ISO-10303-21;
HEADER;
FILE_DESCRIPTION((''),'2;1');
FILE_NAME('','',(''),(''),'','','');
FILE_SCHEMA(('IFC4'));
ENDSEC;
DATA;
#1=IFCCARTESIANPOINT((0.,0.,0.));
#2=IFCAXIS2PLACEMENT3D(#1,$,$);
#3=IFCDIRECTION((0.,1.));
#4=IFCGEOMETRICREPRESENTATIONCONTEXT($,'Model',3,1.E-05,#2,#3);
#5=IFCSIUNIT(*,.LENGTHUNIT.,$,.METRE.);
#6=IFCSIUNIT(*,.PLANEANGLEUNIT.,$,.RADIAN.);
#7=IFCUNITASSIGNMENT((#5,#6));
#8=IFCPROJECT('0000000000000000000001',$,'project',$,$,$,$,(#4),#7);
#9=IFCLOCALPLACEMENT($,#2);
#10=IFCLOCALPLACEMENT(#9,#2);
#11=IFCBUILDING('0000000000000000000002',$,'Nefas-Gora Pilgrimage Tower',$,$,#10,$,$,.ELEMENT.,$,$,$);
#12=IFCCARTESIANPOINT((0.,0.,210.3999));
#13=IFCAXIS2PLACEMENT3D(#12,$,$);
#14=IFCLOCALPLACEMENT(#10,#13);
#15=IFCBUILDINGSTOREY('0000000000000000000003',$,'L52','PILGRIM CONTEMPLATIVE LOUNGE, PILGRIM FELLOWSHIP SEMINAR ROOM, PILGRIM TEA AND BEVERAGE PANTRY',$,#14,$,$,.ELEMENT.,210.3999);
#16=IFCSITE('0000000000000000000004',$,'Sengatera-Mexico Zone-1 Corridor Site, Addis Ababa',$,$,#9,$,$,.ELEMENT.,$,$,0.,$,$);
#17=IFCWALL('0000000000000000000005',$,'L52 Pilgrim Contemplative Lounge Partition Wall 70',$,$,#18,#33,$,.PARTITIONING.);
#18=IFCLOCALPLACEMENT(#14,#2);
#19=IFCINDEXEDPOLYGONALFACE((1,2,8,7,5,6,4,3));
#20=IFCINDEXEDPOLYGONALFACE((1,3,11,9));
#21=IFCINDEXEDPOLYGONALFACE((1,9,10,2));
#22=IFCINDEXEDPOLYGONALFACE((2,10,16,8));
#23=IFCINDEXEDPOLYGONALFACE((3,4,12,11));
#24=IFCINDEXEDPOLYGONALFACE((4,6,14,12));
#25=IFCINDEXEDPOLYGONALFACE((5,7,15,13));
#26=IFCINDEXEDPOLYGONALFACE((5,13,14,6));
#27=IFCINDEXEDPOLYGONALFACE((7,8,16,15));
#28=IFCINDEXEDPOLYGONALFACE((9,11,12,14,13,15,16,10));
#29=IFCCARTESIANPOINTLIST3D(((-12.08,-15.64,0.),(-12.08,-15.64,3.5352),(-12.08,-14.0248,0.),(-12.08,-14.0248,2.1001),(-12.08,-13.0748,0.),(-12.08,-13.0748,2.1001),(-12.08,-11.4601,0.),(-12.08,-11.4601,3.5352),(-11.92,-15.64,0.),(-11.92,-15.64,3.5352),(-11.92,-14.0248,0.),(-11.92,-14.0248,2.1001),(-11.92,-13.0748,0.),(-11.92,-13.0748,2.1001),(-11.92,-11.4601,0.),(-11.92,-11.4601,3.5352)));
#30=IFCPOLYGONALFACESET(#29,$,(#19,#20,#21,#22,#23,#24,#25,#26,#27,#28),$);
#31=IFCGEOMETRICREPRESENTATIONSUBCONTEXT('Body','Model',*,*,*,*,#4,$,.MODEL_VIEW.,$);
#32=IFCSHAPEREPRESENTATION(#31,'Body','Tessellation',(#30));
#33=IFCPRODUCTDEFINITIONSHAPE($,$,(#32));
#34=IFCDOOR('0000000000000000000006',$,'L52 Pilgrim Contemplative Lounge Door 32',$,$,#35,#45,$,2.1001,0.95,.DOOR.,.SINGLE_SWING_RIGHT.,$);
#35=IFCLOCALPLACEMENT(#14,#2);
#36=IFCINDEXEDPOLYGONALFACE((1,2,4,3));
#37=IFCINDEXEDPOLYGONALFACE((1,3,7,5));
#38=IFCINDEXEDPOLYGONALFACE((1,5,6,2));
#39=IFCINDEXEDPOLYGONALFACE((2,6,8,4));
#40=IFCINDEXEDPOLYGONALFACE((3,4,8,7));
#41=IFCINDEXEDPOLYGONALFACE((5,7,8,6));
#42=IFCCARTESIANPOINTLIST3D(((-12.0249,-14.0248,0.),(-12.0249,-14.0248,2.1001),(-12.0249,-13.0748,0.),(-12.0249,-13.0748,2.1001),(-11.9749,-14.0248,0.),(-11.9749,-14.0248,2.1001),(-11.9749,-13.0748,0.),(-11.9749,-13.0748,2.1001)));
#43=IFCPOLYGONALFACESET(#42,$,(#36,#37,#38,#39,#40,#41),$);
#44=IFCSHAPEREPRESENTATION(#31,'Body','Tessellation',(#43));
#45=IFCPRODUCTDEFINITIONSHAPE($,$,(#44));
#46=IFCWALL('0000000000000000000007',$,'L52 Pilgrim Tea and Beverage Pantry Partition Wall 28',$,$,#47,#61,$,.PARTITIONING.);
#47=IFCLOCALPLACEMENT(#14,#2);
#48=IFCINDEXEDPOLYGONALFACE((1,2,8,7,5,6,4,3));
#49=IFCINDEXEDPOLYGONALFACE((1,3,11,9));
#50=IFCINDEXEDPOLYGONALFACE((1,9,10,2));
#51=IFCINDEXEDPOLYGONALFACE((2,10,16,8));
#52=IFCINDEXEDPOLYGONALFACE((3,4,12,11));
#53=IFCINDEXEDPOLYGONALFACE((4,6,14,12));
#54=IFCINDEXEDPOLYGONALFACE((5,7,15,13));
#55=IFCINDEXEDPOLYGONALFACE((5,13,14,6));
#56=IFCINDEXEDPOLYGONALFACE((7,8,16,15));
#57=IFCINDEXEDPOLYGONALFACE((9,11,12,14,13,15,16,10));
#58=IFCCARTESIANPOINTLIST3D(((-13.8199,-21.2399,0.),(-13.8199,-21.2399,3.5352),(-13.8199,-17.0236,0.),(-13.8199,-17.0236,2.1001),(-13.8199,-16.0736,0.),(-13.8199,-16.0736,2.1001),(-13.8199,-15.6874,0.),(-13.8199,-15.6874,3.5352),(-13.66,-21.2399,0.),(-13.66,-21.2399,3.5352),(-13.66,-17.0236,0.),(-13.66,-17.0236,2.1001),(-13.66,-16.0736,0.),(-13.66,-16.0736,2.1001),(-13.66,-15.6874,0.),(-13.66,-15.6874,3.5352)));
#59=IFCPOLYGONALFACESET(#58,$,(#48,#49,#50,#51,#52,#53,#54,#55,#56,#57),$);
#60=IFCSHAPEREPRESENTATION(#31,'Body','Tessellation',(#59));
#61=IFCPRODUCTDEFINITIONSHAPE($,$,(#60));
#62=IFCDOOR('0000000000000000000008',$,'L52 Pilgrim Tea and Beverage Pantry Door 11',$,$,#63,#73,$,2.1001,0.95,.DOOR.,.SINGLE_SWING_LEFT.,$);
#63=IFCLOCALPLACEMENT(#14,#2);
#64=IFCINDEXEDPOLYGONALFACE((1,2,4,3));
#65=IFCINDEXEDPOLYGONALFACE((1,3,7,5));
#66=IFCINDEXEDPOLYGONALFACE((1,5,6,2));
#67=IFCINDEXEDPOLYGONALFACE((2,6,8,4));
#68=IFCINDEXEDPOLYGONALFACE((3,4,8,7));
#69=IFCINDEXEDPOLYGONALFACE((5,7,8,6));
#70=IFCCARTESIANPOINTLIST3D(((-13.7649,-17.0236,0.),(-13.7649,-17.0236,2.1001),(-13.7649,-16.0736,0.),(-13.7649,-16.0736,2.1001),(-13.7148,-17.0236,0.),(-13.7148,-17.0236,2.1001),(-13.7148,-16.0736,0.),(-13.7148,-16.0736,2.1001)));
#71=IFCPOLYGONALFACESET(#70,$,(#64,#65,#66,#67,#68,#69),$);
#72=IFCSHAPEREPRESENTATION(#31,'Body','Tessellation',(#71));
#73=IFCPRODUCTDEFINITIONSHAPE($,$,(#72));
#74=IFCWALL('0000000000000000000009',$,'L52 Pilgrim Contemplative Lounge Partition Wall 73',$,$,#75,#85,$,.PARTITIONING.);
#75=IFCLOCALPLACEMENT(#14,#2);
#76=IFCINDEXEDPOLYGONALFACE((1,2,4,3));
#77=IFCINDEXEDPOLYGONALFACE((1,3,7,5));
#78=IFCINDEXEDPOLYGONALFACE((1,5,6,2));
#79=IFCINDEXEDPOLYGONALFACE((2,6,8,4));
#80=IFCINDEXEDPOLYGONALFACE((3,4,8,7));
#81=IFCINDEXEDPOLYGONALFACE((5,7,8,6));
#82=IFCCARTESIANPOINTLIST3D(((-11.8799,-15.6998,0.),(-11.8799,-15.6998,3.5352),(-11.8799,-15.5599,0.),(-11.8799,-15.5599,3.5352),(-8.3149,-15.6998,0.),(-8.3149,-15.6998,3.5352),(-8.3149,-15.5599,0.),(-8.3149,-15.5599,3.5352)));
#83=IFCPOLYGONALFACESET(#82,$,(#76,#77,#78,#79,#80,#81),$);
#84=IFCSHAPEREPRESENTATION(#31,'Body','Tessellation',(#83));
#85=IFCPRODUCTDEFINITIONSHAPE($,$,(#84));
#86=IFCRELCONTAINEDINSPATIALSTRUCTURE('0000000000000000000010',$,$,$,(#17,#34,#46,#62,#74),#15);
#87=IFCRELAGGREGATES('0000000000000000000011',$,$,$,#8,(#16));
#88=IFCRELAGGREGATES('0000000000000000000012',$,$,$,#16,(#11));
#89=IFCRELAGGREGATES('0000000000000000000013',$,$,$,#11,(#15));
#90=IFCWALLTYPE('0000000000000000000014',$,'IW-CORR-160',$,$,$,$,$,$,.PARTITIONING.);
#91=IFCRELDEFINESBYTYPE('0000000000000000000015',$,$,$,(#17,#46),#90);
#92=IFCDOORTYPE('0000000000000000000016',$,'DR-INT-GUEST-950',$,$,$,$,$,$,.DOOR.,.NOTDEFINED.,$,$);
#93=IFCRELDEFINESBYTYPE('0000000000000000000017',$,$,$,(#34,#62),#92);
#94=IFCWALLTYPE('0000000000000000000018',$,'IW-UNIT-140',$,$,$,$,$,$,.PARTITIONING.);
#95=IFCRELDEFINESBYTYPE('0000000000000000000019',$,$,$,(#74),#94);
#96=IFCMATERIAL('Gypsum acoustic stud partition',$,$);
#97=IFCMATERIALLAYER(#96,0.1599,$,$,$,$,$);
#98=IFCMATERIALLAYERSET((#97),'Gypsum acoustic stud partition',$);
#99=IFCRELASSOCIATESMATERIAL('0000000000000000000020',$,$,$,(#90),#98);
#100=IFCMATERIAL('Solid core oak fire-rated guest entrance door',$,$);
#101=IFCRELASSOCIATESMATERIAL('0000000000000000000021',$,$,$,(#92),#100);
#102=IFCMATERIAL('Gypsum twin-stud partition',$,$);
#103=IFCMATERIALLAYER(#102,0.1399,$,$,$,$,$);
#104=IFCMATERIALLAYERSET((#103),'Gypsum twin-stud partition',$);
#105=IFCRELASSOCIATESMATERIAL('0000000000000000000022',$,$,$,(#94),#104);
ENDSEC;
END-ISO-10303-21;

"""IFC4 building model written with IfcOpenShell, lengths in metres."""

from ifc_helpers import new_model, si_unit, direction, frame, frame_2d, origin, place, context, subcontext, project, spatial, rectangle, extrude, source, transform, mapped, material, layer, layer_set, type_object, element, fill, save


model = new_model("IFC4")

# Units and contexts
model_context = context("Model", 3, precision=1e-05, world=origin(), true_north=direction((0.0, 1.0)))
body_context = subcontext(model_context, "Body", "Model", "MODEL_VIEW")
ifc_project = project(units=[si_unit("LENGTHUNIT", "METRE"), si_unit("PLANEANGLEUNIT", "RADIAN")], contexts=[model_context])

# Site, building, storey
site_placement = place(None, origin())
site = spatial("IfcSite", under=ifc_project, at=site_placement, Name="Sengatera-Mexico Zone-1 Corridor Site, Addis Ababa", CompositionType="ELEMENT", RefElevation=0.0)
building_placement = place(site_placement, origin())
building = spatial("IfcBuilding", under=site, at=building_placement, Name="Nefas-Gora Pilgrimage Tower", CompositionType="ELEMENT")
storey_placement = place(building_placement, frame((0.0, 0.0, 210.3999)))
storey = spatial("IfcBuildingStorey", under=building, at=storey_placement, Name="L52", Description="PILGRIM CONTEMPLATIVE LOUNGE, PILGRIM FELLOWSHIP SEMINAR ROOM, PILGRIM TEA AND BEVERAGE PANTRY", CompositionType="ELEMENT", Elevation=210.3999)

# Shared definitions
ifc_material_1 = material(Name="Gypsum acoustic stud partition")
ifc_layer_1 = layer(ifc_material_1, 0.1599)
ifc_layer_set_1 = layer_set([ifc_layer_1], Name="Gypsum acoustic stud partition")
wall_type_1 = type_object("IfcWallType", Name="IW-CORR-160", PredefinedType="PARTITIONING", material=ifc_layer_set_1)
ifc_material_2 = material(Name="Solid core oak fire-rated guest entrance door")
door_type = type_object("IfcDoorType", Name="DR-INT-GUEST-950", OperationType="NOTDEFINED", PredefinedType="DOOR", material=ifc_material_2)
shared_shape_1 = source(origin(), body_context, "Body", "SweptSolid", [
    extrude(rectangle(XDim=0.95, YDim=2.1001, at=frame_2d((0.4751, 1.05))), frame((0.0, 0.0249, 0.0), z_axis=(0.0, -1.0, 0.0), x_axis=(1.0, 0.0, 0.0)), (0.0, 0.0, 1.0), 0.05),
])

# Shared definitions
ifc_material_3 = material(Name="Gypsum twin-stud partition")
ifc_layer_2 = layer(ifc_material_3, 0.1399)
ifc_layer_set_2 = layer_set([ifc_layer_2], Name="Gypsum twin-stud partition")
wall_type_2 = type_object("IfcWallType", Name="IW-UNIT-140", PredefinedType="PARTITIONING", material=ifc_layer_set_2)

# Walls, openings, doors
shared_shape_2 = source(origin(), body_context, "Body", "SweptSolid", [
    extrude(rectangle(XDim=4.1799, YDim=0.1599, at=frame_2d((2.0898, 0.0))), origin(), (0.0, 0.0, 1.0), 3.5352),
])
wall_1_placement = place(storey_placement, frame((-12.0, -15.6399, 0.0), z_axis=(0.0, 0.0, 1.0), x_axis=(0.0, 1.0, 0.0)))
wall_1 = element("IfcWall", 1, at=wall_1_placement, inside=storey, type_object=wall_type_1, Name="L52 Pilgrim Contemplative Lounge Partition Wall 70", PredefinedType="PARTITIONING", context=body_context, shape_type="MappedRepresentation", body=[
    mapped(shared_shape_2, transform((0.0, 0.0, 0.0), x_axis=(1.0, 0.0, 0.0), y_axis=(0.0, 1.0, 0.0), z_axis=(0.0, 0.0, 1.0), scale=1.0)),
])
opening_1_placement = place(wall_1_placement, frame((1.615, 0.0, 0.0)))
opening_1 = element("IfcOpeningElement", 2, at=opening_1_placement, cuts=wall_1, PredefinedType="OPENING", context=body_context, shape_type="SweptSolid", body=[
    extrude(rectangle(XDim=0.95, YDim=2.1001, at=frame_2d((0.4751, 1.05))), frame((0.0, 0.0898, 0.0), z_axis=(0.0, -1.0, 0.0), x_axis=(1.0, 0.0, 0.0)), (0.0, 0.0, 1.0), 0.1799),
])
door_1_placement = place(opening_1_placement, origin())
door_1 = element("IfcDoor", 3, at=door_1_placement, inside=storey, type_object=door_type, Name="L52 Pilgrim Contemplative Lounge Door 32", OperationType="SINGLE_SWING_RIGHT", OverallHeight=2.1001, OverallWidth=0.95, PredefinedType="DOOR", context=body_context, shape_type="MappedRepresentation", body=[
    mapped(shared_shape_1, transform((0.0, 0.0, 0.0), x_axis=(1.0, 0.0, 0.0), y_axis=(0.0, 1.0, 0.0), z_axis=(0.0, 0.0, 1.0), scale=1.0)),
])
fill(opening_1, door_1)
shared_shape_3 = source(origin(), body_context, "Body", "SweptSolid", [
    extrude(rectangle(XDim=5.5525, YDim=0.1599, at=frame_2d((2.7764, 0.0))), origin(), (0.0, 0.0, 1.0), 3.5352),
])
wall_2_placement = place(storey_placement, frame((-13.74, -21.24, 0.0), z_axis=(0.0, 0.0, 1.0), x_axis=(0.0, 1.0, 0.0)))
wall_2 = element("IfcWall", 4, at=wall_2_placement, inside=storey, type_object=wall_type_1, Name="L52 Pilgrim Tea and Beverage Pantry Partition Wall 28", PredefinedType="PARTITIONING", context=body_context, shape_type="MappedRepresentation", body=[
    mapped(shared_shape_3, transform((0.0, 0.0, 0.0), x_axis=(1.0, 0.0, 0.0), y_axis=(0.0, 1.0, 0.0), z_axis=(0.0, 0.0, 1.0), scale=1.0)),
])
opening_2_placement = place(wall_2_placement, frame((4.2163, 0.0, 0.0)))
opening_2 = element("IfcOpeningElement", 5, at=opening_2_placement, cuts=wall_2, PredefinedType="OPENING", context=body_context, shape_type="SweptSolid", body=[
    extrude(rectangle(XDim=0.95, YDim=2.1001, at=frame_2d((0.4751, 1.05))), frame((0.0, 0.0898, 0.0), z_axis=(0.0, -1.0, 0.0), x_axis=(1.0, 0.0, 0.0)), (0.0, 0.0, 1.0), 0.1799),
])
door_2_placement = place(opening_2_placement, origin())
door_2 = element("IfcDoor", 6, at=door_2_placement, inside=storey, type_object=door_type, Name="L52 Pilgrim Tea and Beverage Pantry Door 11", OperationType="SINGLE_SWING_LEFT", OverallHeight=2.1001, OverallWidth=0.95, PredefinedType="DOOR", context=body_context, shape_type="MappedRepresentation", body=[
    mapped(shared_shape_1, transform((0.0, 0.0, 0.0), x_axis=(1.0, 0.0, 0.0), y_axis=(0.0, 1.0, 0.0), z_axis=(0.0, 0.0, 1.0), scale=1.0)),
])
fill(opening_2, door_2)

# Wall
shared_shape_4 = source(origin(), body_context, "Body", "SweptSolid", [
    extrude(rectangle(XDim=3.5649, YDim=0.1399, at=frame_2d((1.7825, 0.0))), origin(), (0.0, 0.0, 1.0), 3.5352),
])
wall_3_placement = place(storey_placement, frame((-11.8799, -15.6299, 0.0), z_axis=(0.0, 0.0, 1.0), x_axis=(1.0, 0.0, 0.0)))
element("IfcWall", 7, at=wall_3_placement, inside=storey, type_object=wall_type_2, Name="L52 Pilgrim Contemplative Lounge Partition Wall 73", PredefinedType="PARTITIONING", context=body_context, shape_type="MappedRepresentation", body=[
    mapped(shared_shape_4, transform((0.0, 0.0, 0.0), x_axis=(1.0, 0.0, 0.0), y_axis=(0.0, 1.0, 0.0), z_axis=(0.0, 0.0, 1.0), scale=1.0)),
])

save(model, "model.ifc")
